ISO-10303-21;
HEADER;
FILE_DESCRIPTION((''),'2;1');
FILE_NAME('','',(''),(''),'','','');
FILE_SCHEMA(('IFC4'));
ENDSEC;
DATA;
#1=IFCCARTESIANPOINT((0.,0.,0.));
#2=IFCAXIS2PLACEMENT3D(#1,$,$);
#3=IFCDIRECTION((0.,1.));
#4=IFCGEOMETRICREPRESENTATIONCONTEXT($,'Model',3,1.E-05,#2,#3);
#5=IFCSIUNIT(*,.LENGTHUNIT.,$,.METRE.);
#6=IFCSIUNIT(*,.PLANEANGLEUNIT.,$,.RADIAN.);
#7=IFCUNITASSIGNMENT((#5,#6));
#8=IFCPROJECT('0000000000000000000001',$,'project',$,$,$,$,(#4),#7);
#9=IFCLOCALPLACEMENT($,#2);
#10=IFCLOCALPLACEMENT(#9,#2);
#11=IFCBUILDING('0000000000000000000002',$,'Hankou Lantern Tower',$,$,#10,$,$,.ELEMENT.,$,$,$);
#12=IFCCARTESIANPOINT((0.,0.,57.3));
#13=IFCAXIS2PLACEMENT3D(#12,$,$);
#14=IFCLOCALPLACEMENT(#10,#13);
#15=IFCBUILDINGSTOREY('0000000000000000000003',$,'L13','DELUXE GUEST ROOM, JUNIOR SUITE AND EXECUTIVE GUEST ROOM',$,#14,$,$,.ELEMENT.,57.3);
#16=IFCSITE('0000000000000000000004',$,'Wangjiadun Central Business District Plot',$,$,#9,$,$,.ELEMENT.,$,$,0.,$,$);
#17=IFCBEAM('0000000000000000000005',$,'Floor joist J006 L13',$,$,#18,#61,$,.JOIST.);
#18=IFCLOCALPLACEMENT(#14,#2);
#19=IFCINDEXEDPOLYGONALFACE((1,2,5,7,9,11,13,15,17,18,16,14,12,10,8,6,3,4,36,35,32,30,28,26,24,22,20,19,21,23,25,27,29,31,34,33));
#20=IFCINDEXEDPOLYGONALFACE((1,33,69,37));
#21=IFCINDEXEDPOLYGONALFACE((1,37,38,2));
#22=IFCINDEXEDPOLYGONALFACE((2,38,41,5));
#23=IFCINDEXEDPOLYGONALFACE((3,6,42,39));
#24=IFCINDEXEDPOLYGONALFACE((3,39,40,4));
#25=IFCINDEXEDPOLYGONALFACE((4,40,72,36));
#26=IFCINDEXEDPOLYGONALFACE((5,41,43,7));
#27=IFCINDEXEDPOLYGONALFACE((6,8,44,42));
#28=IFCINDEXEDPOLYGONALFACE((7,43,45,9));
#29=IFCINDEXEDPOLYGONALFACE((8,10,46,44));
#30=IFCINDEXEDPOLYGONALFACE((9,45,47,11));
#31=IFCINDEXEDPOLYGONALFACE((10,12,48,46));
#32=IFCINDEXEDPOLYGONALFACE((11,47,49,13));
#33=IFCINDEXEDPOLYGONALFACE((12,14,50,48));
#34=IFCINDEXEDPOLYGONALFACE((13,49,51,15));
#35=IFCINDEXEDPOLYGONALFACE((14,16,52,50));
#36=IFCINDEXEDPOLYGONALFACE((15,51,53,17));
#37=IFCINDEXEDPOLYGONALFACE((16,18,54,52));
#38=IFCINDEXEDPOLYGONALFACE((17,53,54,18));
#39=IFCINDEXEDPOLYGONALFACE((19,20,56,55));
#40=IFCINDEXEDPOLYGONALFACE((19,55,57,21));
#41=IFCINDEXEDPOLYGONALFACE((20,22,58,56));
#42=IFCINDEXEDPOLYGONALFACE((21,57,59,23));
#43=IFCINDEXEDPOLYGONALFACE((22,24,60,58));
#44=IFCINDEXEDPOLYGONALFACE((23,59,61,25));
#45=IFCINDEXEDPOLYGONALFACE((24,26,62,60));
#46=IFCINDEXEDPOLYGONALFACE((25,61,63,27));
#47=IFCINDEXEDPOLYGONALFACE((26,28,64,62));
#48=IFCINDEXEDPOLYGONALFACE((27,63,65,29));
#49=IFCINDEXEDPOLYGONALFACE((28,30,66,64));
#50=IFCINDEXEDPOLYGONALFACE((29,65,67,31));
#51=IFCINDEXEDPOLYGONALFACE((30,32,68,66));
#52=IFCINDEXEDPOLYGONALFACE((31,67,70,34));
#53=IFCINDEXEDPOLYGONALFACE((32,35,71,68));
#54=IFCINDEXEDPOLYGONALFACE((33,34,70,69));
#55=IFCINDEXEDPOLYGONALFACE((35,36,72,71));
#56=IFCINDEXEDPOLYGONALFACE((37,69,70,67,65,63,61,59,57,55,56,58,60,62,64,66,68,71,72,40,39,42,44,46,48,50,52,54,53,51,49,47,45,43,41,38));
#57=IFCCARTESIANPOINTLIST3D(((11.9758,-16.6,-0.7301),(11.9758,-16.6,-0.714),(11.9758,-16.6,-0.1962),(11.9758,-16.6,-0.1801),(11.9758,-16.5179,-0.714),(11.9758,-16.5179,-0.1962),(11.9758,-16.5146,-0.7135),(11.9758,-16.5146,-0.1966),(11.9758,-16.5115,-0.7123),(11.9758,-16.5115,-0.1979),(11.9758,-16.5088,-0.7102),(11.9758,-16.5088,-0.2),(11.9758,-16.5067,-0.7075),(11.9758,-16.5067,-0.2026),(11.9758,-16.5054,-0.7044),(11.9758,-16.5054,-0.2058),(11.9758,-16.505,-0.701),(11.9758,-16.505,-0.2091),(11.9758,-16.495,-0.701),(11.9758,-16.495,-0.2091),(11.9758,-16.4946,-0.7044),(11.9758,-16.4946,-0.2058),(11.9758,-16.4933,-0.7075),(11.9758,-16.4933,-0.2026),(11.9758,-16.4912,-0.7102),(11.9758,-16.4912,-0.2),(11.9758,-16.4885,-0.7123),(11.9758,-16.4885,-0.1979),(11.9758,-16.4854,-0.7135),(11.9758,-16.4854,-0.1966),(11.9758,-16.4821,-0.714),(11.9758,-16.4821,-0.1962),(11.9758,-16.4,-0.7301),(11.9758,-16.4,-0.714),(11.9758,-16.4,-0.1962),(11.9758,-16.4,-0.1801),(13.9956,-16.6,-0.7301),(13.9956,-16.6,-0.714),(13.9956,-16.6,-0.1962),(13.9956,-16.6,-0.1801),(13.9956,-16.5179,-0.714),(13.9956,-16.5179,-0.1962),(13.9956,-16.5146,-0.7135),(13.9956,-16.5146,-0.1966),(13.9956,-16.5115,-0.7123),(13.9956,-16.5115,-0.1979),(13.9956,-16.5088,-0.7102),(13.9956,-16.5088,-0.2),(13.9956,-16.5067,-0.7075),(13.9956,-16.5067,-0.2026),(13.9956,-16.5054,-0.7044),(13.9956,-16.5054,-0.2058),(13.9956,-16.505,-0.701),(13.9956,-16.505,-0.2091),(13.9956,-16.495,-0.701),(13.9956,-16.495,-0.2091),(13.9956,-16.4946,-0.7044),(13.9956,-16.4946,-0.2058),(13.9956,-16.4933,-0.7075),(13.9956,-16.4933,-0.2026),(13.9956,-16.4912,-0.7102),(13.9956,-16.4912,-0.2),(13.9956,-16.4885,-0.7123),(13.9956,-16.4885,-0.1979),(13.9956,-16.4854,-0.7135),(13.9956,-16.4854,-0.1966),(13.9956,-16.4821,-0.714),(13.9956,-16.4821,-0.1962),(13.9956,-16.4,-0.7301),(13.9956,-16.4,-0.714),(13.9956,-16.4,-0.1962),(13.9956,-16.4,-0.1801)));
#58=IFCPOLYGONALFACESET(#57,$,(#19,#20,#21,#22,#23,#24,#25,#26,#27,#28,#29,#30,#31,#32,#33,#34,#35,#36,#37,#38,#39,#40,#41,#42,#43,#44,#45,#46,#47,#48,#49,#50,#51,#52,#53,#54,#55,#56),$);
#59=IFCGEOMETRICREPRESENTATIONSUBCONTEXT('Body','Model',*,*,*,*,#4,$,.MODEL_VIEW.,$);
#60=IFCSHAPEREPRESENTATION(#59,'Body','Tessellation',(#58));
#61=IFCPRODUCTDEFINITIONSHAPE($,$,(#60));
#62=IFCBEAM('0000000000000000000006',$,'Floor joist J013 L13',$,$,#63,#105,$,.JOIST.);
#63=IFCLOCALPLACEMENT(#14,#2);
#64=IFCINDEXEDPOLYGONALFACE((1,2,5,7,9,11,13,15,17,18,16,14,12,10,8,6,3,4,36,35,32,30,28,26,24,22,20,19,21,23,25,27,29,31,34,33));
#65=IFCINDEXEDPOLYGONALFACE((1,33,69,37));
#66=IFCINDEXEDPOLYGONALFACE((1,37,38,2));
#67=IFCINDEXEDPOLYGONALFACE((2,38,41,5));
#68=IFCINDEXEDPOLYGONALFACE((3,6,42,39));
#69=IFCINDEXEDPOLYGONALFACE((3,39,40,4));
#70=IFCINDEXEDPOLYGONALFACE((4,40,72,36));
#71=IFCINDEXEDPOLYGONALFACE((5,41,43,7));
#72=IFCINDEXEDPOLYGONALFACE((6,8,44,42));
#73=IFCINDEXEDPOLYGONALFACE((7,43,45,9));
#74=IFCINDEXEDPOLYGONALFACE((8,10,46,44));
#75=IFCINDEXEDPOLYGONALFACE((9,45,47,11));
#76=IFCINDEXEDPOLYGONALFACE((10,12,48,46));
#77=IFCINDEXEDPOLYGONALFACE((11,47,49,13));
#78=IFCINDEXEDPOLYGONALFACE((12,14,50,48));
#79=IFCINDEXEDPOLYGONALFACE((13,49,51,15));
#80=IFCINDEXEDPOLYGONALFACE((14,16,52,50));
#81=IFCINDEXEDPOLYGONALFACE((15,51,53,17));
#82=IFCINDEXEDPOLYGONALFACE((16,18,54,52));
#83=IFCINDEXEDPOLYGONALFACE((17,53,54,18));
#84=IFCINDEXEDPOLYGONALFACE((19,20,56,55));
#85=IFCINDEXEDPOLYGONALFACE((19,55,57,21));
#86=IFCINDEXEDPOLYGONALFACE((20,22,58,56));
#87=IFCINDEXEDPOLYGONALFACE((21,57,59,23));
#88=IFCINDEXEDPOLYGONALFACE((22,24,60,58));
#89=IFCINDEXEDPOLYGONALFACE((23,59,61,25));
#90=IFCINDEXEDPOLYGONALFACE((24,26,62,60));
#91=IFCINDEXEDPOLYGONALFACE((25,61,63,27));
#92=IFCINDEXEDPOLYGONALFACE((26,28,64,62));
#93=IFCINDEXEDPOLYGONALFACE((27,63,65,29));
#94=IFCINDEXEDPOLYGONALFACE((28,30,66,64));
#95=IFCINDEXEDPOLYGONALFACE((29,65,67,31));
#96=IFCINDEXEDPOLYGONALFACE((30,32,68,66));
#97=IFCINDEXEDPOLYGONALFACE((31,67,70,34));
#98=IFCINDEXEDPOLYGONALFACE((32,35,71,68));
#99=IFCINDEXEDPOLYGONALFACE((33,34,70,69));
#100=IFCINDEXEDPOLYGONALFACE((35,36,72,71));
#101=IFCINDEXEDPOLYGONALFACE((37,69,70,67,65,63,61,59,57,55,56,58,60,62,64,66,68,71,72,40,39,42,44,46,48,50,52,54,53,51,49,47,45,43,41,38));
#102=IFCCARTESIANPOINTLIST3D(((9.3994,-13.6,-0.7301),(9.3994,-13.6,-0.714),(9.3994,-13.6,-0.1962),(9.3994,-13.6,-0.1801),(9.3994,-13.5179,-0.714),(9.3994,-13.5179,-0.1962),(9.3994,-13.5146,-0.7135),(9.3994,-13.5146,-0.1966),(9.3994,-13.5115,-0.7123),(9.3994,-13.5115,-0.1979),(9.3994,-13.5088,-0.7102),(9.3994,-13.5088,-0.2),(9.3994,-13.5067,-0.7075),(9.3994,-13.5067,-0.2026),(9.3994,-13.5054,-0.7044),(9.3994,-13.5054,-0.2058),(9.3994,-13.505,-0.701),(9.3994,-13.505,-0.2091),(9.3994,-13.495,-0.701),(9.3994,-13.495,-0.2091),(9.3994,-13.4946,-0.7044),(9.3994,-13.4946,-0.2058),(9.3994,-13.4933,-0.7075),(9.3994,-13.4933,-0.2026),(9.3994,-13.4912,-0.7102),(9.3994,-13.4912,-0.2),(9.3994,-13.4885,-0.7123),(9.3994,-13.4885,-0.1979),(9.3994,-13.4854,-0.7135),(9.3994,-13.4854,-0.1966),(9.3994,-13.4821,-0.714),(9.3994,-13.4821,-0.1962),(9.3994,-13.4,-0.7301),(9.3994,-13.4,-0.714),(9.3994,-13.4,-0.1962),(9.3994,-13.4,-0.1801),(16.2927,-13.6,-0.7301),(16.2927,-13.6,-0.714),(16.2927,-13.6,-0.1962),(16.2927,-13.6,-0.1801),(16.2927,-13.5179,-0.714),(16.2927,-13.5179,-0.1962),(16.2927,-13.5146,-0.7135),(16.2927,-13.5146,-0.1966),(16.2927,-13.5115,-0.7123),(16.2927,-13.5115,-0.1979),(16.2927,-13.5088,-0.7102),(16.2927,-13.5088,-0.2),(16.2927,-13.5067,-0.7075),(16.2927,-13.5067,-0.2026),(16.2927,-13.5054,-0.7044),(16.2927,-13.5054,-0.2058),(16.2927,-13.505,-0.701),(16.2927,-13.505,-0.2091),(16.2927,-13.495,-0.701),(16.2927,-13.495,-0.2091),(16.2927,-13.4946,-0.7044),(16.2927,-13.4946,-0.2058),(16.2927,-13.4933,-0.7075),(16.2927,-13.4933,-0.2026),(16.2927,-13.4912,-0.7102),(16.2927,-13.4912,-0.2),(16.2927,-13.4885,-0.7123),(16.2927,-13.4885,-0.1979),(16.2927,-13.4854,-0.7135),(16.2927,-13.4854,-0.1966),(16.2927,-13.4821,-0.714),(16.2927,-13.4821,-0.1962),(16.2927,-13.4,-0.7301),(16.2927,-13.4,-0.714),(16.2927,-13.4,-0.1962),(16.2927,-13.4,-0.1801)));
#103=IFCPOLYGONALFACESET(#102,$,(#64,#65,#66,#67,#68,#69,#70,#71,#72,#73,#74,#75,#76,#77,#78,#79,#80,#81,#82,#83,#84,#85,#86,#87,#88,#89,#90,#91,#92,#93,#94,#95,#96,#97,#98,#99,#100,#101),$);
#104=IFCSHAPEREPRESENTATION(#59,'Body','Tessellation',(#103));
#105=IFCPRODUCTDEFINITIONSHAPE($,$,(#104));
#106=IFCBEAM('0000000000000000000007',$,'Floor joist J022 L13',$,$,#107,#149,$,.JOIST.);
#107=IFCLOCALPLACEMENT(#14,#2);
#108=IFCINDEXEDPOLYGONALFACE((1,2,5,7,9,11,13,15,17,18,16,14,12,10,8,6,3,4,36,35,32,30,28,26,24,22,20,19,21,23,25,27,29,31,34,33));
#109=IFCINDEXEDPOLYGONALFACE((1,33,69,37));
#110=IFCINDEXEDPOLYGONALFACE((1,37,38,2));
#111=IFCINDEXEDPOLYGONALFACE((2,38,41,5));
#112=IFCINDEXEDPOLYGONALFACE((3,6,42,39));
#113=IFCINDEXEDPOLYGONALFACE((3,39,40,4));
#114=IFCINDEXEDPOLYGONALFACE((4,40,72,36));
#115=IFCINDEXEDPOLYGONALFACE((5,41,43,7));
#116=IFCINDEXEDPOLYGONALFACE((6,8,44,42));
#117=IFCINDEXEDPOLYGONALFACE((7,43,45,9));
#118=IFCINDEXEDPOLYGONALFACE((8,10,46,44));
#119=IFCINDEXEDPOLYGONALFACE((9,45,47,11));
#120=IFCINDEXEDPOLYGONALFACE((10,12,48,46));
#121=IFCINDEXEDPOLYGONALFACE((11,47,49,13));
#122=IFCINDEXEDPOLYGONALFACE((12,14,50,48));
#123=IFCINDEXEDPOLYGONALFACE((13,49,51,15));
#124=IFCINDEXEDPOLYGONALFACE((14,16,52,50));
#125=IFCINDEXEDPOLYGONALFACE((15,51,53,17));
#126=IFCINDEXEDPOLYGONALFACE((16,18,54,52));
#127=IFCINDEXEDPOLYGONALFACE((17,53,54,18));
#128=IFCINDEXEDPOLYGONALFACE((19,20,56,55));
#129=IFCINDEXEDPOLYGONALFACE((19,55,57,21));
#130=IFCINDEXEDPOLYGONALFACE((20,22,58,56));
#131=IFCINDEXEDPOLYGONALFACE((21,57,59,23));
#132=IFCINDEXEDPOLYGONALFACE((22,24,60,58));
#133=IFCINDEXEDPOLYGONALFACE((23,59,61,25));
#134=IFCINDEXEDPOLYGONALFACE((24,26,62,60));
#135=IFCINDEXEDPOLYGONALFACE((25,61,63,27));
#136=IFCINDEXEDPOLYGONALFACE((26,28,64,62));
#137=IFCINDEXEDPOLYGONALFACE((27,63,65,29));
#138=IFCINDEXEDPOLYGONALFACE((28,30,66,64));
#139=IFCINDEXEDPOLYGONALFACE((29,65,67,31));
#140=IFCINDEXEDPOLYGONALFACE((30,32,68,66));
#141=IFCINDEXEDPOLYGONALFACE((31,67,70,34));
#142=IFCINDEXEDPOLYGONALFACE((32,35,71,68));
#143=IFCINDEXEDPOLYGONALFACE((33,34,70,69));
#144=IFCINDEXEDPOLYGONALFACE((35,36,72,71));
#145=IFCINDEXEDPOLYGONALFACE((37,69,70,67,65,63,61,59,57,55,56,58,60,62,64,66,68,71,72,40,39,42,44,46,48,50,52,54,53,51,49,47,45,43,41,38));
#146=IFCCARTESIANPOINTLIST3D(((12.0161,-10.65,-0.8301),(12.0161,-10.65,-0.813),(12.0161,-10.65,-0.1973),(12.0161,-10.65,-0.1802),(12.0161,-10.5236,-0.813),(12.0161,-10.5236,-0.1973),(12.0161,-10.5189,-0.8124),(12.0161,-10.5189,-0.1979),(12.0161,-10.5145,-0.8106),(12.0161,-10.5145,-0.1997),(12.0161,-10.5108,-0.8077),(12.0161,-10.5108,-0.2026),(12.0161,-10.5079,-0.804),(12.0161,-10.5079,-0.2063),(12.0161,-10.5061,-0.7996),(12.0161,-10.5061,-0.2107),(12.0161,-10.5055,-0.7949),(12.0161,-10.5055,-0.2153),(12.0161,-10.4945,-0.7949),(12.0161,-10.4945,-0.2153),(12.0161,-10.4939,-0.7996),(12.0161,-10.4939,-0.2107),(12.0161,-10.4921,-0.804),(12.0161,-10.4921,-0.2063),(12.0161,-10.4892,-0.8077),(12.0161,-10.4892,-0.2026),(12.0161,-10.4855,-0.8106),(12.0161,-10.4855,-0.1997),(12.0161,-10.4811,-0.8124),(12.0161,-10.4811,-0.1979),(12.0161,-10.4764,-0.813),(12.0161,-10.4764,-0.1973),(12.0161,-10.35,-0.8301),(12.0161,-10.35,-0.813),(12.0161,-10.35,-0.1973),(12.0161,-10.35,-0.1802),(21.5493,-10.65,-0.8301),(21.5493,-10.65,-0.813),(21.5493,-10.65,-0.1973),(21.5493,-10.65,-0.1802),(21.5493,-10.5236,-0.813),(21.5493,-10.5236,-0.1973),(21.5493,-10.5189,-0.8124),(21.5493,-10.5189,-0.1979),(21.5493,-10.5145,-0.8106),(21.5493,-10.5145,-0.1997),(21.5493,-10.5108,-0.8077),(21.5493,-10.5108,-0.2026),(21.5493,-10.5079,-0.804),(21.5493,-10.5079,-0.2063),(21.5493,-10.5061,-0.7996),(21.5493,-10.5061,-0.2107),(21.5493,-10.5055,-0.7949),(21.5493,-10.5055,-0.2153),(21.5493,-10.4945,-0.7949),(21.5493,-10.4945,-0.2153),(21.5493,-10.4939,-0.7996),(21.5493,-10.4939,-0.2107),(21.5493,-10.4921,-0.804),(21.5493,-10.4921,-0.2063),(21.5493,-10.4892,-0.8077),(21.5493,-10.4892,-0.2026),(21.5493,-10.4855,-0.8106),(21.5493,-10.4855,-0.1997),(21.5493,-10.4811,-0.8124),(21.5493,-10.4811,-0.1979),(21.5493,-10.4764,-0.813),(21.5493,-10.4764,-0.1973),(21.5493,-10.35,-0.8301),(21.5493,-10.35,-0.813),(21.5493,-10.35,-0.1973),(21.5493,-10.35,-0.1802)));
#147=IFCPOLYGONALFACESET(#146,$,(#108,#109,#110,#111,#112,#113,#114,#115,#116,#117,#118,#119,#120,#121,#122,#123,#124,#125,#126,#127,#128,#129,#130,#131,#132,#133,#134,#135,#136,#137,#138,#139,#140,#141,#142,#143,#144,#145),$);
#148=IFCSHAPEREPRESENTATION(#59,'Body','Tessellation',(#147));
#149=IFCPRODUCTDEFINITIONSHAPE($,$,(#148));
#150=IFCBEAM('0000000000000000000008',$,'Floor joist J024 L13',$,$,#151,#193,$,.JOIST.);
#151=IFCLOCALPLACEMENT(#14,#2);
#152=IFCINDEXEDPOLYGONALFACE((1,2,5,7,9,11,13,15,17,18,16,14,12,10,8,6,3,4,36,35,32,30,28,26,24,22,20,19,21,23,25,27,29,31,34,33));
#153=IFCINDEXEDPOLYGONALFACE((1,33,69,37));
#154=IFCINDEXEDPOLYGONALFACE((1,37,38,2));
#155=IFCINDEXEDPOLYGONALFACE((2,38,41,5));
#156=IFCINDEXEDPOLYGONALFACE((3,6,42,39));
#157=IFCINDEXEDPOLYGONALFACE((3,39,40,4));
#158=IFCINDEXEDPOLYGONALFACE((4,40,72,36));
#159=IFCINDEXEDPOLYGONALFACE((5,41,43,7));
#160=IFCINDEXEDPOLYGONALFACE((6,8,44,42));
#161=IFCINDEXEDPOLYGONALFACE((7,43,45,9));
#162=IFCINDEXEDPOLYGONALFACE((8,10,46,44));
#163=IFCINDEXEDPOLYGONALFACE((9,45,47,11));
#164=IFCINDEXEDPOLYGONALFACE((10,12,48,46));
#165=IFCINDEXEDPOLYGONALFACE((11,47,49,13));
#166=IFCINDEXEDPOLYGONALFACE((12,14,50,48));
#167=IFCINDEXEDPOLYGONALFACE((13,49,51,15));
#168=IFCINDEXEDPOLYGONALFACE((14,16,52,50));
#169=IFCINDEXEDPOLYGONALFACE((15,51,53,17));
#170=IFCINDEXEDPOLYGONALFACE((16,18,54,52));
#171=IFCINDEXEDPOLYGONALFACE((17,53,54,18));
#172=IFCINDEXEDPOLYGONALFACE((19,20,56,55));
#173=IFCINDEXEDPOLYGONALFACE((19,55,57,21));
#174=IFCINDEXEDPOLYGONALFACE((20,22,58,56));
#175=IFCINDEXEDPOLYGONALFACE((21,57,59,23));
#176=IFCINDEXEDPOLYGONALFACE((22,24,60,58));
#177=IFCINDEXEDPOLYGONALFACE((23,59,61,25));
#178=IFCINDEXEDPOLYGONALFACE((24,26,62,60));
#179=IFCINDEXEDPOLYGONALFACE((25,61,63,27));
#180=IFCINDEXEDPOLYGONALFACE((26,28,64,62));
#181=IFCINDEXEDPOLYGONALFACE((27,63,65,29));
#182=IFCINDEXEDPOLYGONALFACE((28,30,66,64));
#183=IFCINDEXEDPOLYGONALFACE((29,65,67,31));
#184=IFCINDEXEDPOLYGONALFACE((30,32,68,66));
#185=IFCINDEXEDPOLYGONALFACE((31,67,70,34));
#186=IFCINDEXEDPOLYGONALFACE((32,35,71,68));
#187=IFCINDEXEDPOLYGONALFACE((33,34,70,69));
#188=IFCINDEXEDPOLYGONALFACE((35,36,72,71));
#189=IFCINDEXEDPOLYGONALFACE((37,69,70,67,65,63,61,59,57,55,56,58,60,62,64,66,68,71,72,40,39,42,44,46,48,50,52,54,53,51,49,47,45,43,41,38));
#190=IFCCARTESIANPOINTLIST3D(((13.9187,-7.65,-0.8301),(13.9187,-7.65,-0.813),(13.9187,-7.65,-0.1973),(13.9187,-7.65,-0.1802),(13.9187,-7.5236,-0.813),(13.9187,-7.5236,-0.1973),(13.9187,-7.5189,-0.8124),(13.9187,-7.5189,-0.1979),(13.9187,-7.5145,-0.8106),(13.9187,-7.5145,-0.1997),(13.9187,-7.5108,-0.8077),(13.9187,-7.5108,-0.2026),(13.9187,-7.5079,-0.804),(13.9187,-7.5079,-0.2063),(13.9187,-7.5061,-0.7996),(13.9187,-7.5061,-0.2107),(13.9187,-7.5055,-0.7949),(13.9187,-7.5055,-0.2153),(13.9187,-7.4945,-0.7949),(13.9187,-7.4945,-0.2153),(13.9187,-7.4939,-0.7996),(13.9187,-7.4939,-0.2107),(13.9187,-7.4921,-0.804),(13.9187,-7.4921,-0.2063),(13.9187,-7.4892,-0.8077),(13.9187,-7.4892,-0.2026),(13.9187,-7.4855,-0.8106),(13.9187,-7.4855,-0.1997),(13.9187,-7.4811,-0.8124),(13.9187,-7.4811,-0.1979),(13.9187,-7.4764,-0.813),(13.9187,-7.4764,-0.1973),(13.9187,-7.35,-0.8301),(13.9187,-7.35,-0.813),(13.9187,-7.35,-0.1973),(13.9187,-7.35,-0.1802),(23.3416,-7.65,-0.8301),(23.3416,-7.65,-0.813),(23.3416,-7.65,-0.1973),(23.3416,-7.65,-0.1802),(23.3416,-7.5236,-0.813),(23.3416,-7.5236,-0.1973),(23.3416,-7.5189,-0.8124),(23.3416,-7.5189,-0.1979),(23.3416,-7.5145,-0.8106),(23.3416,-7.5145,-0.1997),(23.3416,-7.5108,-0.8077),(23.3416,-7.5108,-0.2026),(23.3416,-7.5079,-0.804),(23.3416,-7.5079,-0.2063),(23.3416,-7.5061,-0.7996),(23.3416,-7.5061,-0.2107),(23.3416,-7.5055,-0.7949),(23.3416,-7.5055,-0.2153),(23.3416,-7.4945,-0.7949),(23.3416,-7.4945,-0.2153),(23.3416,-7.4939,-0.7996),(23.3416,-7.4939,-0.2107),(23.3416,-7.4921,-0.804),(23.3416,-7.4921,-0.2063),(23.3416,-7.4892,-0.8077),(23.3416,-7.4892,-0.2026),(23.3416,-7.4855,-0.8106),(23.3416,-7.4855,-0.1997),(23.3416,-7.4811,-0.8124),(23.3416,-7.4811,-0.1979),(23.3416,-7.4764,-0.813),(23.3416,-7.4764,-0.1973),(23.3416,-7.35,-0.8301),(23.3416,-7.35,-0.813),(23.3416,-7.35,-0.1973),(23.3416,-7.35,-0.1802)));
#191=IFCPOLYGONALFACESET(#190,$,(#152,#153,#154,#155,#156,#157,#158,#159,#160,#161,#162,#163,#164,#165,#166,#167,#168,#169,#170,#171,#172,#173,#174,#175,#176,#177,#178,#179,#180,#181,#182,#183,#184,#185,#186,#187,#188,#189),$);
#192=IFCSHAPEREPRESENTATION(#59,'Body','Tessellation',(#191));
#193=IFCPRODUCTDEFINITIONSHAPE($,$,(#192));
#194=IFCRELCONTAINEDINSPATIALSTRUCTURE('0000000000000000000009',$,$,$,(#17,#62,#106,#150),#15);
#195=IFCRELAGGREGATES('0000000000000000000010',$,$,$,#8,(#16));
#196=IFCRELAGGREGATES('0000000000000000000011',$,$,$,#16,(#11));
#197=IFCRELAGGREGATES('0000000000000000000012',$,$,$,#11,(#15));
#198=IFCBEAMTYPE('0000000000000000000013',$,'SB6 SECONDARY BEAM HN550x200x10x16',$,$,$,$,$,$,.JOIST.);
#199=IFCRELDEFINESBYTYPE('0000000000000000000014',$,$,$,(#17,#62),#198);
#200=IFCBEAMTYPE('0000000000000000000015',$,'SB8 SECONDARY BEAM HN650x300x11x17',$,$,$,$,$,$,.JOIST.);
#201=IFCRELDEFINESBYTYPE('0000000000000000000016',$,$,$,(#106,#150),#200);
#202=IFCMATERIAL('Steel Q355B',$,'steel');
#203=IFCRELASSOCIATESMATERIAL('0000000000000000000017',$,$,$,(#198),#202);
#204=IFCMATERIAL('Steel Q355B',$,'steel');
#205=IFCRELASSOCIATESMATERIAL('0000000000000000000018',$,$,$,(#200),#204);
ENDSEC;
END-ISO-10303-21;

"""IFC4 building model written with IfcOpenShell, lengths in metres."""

from ifc_helpers import new_model, si_unit, direction, frame, origin, origin_2d, place, context, subcontext, project, spatial, i_section, extrude, material, material_profile, profile_set, type_object, element, save


model = new_model("IFC4")

# Units and contexts
model_context = context("Model", 3, precision=1e-05, world=origin(), true_north=direction((0.0, 1.0)))
body_context = subcontext(model_context, "Body", "Model", "MODEL_VIEW")
ifc_project = project(units=[si_unit("LENGTHUNIT", "METRE"), si_unit("PLANEANGLEUNIT", "RADIAN")], contexts=[model_context])

# Site, building, storey
site_placement = place(None, origin())
site = spatial("IfcSite", under=ifc_project, at=site_placement, Name="Wangjiadun Central Business District Plot", CompositionType="ELEMENT", RefElevation=0.0)
building_placement = place(site_placement, origin())
building = spatial("IfcBuilding", under=site, at=building_placement, Name="Hankou Lantern Tower", CompositionType="ELEMENT")
storey_placement = place(building_placement, frame((0.0, 0.0, 57.3)))
storey = spatial("IfcBuildingStorey", under=building, at=storey_placement, Name="L13", Description="DELUXE GUEST ROOM, JUNIOR SUITE AND EXECUTIVE GUEST ROOM", CompositionType="ELEMENT", Elevation=57.3)

# Beams
ifc_material_1 = material(Name="Steel Q355B", Category="steel")
ifc_material_profile_1 = material_profile(ifc_material_1, i_section(OverallWidth=0.2, OverallDepth=0.55, WebThickness=0.01, FlangeThickness=0.0161, FilletRadius=0.0129, at=origin_2d()), Name="HN550x200x10x16")
ifc_profile_set_1 = profile_set([ifc_material_profile_1], Name="Steel Q355B")
beam_type_1 = type_object("IfcBeamType", Name="SB6 SECONDARY BEAM HN550x200x10x16", PredefinedType="JOIST", material=ifc_profile_set_1)
beam_1_placement = place(storey_placement, frame((11.9758, -16.5, -0.4551), z_axis=(1.0, 0.0, 0.0), x_axis=(0.0, 1.0, 0.0)))
element("IfcBeam", 1, at=beam_1_placement, inside=storey, type_object=beam_type_1, Name="Floor joist J006 L13", PredefinedType="JOIST", context=body_context, shape_type="SweptSolid", body=[
    extrude(i_section(OverallWidth=0.2, OverallDepth=0.55, WebThickness=0.01, FlangeThickness=0.0161, FilletRadius=0.0129, at=origin_2d()), origin(), (0.0, 0.0, 1.0), 2.0198),
])
beam_2_placement = place(storey_placement, frame((9.3994, -13.5, -0.4551), z_axis=(1.0, 0.0, 0.0), x_axis=(0.0, 1.0, 0.0)))
element("IfcBeam", 2, at=beam_2_placement, inside=storey, type_object=beam_type_1, Name="Floor joist J013 L13", PredefinedType="JOIST", context=body_context, shape_type="SweptSolid", body=[
    extrude(i_section(OverallWidth=0.2, OverallDepth=0.55, WebThickness=0.01, FlangeThickness=0.0161, FilletRadius=0.0129, at=origin_2d()), origin(), (0.0, 0.0, 1.0), 6.8933),
])
ifc_material_2 = material(Name="Steel Q355B", Category="steel")
ifc_material_profile_2 = material_profile(ifc_material_2, i_section(OverallWidth=0.3, OverallDepth=0.6499, WebThickness=0.011, FlangeThickness=0.0171, FilletRadius=0.0181, at=origin_2d()), Name="HN650x300x11x17")
ifc_profile_set_2 = profile_set([ifc_material_profile_2], Name="Steel Q355B")
beam_type_2 = type_object("IfcBeamType", Name="SB8 SECONDARY BEAM HN650x300x11x17", PredefinedType="JOIST", material=ifc_profile_set_2)
beam_3_placement = place(storey_placement, frame((12.0161, -10.5, -0.5051), z_axis=(1.0, 0.0, 0.0), x_axis=(0.0, 1.0, 0.0)))
element("IfcBeam", 3, at=beam_3_placement, inside=storey, type_object=beam_type_2, Name="Floor joist J022 L13", PredefinedType="JOIST", context=body_context, shape_type="SweptSolid", body=[
    extrude(i_section(OverallWidth=0.3, OverallDepth=0.6499, WebThickness=0.011, FlangeThickness=0.0171, FilletRadius=0.0181, at=origin_2d()), origin(), (0.0, 0.0, 1.0), 9.5332),
])
beam_4_placement = place(storey_placement, frame((13.9187, -7.5, -0.5051), z_axis=(1.0, 0.0, 0.0), x_axis=(0.0, 1.0, 0.0)))
element("IfcBeam", 4, at=beam_4_placement, inside=storey, type_object=beam_type_2, Name="Floor joist J024 L13", PredefinedType="JOIST", context=body_context, shape_type="SweptSolid", body=[
    extrude(i_section(OverallWidth=0.3, OverallDepth=0.6499, WebThickness=0.011, FlangeThickness=0.0171, FilletRadius=0.0181, at=origin_2d()), origin(), (0.0, 0.0, 1.0), 9.4229),
])

save(model, "model.ifc")
